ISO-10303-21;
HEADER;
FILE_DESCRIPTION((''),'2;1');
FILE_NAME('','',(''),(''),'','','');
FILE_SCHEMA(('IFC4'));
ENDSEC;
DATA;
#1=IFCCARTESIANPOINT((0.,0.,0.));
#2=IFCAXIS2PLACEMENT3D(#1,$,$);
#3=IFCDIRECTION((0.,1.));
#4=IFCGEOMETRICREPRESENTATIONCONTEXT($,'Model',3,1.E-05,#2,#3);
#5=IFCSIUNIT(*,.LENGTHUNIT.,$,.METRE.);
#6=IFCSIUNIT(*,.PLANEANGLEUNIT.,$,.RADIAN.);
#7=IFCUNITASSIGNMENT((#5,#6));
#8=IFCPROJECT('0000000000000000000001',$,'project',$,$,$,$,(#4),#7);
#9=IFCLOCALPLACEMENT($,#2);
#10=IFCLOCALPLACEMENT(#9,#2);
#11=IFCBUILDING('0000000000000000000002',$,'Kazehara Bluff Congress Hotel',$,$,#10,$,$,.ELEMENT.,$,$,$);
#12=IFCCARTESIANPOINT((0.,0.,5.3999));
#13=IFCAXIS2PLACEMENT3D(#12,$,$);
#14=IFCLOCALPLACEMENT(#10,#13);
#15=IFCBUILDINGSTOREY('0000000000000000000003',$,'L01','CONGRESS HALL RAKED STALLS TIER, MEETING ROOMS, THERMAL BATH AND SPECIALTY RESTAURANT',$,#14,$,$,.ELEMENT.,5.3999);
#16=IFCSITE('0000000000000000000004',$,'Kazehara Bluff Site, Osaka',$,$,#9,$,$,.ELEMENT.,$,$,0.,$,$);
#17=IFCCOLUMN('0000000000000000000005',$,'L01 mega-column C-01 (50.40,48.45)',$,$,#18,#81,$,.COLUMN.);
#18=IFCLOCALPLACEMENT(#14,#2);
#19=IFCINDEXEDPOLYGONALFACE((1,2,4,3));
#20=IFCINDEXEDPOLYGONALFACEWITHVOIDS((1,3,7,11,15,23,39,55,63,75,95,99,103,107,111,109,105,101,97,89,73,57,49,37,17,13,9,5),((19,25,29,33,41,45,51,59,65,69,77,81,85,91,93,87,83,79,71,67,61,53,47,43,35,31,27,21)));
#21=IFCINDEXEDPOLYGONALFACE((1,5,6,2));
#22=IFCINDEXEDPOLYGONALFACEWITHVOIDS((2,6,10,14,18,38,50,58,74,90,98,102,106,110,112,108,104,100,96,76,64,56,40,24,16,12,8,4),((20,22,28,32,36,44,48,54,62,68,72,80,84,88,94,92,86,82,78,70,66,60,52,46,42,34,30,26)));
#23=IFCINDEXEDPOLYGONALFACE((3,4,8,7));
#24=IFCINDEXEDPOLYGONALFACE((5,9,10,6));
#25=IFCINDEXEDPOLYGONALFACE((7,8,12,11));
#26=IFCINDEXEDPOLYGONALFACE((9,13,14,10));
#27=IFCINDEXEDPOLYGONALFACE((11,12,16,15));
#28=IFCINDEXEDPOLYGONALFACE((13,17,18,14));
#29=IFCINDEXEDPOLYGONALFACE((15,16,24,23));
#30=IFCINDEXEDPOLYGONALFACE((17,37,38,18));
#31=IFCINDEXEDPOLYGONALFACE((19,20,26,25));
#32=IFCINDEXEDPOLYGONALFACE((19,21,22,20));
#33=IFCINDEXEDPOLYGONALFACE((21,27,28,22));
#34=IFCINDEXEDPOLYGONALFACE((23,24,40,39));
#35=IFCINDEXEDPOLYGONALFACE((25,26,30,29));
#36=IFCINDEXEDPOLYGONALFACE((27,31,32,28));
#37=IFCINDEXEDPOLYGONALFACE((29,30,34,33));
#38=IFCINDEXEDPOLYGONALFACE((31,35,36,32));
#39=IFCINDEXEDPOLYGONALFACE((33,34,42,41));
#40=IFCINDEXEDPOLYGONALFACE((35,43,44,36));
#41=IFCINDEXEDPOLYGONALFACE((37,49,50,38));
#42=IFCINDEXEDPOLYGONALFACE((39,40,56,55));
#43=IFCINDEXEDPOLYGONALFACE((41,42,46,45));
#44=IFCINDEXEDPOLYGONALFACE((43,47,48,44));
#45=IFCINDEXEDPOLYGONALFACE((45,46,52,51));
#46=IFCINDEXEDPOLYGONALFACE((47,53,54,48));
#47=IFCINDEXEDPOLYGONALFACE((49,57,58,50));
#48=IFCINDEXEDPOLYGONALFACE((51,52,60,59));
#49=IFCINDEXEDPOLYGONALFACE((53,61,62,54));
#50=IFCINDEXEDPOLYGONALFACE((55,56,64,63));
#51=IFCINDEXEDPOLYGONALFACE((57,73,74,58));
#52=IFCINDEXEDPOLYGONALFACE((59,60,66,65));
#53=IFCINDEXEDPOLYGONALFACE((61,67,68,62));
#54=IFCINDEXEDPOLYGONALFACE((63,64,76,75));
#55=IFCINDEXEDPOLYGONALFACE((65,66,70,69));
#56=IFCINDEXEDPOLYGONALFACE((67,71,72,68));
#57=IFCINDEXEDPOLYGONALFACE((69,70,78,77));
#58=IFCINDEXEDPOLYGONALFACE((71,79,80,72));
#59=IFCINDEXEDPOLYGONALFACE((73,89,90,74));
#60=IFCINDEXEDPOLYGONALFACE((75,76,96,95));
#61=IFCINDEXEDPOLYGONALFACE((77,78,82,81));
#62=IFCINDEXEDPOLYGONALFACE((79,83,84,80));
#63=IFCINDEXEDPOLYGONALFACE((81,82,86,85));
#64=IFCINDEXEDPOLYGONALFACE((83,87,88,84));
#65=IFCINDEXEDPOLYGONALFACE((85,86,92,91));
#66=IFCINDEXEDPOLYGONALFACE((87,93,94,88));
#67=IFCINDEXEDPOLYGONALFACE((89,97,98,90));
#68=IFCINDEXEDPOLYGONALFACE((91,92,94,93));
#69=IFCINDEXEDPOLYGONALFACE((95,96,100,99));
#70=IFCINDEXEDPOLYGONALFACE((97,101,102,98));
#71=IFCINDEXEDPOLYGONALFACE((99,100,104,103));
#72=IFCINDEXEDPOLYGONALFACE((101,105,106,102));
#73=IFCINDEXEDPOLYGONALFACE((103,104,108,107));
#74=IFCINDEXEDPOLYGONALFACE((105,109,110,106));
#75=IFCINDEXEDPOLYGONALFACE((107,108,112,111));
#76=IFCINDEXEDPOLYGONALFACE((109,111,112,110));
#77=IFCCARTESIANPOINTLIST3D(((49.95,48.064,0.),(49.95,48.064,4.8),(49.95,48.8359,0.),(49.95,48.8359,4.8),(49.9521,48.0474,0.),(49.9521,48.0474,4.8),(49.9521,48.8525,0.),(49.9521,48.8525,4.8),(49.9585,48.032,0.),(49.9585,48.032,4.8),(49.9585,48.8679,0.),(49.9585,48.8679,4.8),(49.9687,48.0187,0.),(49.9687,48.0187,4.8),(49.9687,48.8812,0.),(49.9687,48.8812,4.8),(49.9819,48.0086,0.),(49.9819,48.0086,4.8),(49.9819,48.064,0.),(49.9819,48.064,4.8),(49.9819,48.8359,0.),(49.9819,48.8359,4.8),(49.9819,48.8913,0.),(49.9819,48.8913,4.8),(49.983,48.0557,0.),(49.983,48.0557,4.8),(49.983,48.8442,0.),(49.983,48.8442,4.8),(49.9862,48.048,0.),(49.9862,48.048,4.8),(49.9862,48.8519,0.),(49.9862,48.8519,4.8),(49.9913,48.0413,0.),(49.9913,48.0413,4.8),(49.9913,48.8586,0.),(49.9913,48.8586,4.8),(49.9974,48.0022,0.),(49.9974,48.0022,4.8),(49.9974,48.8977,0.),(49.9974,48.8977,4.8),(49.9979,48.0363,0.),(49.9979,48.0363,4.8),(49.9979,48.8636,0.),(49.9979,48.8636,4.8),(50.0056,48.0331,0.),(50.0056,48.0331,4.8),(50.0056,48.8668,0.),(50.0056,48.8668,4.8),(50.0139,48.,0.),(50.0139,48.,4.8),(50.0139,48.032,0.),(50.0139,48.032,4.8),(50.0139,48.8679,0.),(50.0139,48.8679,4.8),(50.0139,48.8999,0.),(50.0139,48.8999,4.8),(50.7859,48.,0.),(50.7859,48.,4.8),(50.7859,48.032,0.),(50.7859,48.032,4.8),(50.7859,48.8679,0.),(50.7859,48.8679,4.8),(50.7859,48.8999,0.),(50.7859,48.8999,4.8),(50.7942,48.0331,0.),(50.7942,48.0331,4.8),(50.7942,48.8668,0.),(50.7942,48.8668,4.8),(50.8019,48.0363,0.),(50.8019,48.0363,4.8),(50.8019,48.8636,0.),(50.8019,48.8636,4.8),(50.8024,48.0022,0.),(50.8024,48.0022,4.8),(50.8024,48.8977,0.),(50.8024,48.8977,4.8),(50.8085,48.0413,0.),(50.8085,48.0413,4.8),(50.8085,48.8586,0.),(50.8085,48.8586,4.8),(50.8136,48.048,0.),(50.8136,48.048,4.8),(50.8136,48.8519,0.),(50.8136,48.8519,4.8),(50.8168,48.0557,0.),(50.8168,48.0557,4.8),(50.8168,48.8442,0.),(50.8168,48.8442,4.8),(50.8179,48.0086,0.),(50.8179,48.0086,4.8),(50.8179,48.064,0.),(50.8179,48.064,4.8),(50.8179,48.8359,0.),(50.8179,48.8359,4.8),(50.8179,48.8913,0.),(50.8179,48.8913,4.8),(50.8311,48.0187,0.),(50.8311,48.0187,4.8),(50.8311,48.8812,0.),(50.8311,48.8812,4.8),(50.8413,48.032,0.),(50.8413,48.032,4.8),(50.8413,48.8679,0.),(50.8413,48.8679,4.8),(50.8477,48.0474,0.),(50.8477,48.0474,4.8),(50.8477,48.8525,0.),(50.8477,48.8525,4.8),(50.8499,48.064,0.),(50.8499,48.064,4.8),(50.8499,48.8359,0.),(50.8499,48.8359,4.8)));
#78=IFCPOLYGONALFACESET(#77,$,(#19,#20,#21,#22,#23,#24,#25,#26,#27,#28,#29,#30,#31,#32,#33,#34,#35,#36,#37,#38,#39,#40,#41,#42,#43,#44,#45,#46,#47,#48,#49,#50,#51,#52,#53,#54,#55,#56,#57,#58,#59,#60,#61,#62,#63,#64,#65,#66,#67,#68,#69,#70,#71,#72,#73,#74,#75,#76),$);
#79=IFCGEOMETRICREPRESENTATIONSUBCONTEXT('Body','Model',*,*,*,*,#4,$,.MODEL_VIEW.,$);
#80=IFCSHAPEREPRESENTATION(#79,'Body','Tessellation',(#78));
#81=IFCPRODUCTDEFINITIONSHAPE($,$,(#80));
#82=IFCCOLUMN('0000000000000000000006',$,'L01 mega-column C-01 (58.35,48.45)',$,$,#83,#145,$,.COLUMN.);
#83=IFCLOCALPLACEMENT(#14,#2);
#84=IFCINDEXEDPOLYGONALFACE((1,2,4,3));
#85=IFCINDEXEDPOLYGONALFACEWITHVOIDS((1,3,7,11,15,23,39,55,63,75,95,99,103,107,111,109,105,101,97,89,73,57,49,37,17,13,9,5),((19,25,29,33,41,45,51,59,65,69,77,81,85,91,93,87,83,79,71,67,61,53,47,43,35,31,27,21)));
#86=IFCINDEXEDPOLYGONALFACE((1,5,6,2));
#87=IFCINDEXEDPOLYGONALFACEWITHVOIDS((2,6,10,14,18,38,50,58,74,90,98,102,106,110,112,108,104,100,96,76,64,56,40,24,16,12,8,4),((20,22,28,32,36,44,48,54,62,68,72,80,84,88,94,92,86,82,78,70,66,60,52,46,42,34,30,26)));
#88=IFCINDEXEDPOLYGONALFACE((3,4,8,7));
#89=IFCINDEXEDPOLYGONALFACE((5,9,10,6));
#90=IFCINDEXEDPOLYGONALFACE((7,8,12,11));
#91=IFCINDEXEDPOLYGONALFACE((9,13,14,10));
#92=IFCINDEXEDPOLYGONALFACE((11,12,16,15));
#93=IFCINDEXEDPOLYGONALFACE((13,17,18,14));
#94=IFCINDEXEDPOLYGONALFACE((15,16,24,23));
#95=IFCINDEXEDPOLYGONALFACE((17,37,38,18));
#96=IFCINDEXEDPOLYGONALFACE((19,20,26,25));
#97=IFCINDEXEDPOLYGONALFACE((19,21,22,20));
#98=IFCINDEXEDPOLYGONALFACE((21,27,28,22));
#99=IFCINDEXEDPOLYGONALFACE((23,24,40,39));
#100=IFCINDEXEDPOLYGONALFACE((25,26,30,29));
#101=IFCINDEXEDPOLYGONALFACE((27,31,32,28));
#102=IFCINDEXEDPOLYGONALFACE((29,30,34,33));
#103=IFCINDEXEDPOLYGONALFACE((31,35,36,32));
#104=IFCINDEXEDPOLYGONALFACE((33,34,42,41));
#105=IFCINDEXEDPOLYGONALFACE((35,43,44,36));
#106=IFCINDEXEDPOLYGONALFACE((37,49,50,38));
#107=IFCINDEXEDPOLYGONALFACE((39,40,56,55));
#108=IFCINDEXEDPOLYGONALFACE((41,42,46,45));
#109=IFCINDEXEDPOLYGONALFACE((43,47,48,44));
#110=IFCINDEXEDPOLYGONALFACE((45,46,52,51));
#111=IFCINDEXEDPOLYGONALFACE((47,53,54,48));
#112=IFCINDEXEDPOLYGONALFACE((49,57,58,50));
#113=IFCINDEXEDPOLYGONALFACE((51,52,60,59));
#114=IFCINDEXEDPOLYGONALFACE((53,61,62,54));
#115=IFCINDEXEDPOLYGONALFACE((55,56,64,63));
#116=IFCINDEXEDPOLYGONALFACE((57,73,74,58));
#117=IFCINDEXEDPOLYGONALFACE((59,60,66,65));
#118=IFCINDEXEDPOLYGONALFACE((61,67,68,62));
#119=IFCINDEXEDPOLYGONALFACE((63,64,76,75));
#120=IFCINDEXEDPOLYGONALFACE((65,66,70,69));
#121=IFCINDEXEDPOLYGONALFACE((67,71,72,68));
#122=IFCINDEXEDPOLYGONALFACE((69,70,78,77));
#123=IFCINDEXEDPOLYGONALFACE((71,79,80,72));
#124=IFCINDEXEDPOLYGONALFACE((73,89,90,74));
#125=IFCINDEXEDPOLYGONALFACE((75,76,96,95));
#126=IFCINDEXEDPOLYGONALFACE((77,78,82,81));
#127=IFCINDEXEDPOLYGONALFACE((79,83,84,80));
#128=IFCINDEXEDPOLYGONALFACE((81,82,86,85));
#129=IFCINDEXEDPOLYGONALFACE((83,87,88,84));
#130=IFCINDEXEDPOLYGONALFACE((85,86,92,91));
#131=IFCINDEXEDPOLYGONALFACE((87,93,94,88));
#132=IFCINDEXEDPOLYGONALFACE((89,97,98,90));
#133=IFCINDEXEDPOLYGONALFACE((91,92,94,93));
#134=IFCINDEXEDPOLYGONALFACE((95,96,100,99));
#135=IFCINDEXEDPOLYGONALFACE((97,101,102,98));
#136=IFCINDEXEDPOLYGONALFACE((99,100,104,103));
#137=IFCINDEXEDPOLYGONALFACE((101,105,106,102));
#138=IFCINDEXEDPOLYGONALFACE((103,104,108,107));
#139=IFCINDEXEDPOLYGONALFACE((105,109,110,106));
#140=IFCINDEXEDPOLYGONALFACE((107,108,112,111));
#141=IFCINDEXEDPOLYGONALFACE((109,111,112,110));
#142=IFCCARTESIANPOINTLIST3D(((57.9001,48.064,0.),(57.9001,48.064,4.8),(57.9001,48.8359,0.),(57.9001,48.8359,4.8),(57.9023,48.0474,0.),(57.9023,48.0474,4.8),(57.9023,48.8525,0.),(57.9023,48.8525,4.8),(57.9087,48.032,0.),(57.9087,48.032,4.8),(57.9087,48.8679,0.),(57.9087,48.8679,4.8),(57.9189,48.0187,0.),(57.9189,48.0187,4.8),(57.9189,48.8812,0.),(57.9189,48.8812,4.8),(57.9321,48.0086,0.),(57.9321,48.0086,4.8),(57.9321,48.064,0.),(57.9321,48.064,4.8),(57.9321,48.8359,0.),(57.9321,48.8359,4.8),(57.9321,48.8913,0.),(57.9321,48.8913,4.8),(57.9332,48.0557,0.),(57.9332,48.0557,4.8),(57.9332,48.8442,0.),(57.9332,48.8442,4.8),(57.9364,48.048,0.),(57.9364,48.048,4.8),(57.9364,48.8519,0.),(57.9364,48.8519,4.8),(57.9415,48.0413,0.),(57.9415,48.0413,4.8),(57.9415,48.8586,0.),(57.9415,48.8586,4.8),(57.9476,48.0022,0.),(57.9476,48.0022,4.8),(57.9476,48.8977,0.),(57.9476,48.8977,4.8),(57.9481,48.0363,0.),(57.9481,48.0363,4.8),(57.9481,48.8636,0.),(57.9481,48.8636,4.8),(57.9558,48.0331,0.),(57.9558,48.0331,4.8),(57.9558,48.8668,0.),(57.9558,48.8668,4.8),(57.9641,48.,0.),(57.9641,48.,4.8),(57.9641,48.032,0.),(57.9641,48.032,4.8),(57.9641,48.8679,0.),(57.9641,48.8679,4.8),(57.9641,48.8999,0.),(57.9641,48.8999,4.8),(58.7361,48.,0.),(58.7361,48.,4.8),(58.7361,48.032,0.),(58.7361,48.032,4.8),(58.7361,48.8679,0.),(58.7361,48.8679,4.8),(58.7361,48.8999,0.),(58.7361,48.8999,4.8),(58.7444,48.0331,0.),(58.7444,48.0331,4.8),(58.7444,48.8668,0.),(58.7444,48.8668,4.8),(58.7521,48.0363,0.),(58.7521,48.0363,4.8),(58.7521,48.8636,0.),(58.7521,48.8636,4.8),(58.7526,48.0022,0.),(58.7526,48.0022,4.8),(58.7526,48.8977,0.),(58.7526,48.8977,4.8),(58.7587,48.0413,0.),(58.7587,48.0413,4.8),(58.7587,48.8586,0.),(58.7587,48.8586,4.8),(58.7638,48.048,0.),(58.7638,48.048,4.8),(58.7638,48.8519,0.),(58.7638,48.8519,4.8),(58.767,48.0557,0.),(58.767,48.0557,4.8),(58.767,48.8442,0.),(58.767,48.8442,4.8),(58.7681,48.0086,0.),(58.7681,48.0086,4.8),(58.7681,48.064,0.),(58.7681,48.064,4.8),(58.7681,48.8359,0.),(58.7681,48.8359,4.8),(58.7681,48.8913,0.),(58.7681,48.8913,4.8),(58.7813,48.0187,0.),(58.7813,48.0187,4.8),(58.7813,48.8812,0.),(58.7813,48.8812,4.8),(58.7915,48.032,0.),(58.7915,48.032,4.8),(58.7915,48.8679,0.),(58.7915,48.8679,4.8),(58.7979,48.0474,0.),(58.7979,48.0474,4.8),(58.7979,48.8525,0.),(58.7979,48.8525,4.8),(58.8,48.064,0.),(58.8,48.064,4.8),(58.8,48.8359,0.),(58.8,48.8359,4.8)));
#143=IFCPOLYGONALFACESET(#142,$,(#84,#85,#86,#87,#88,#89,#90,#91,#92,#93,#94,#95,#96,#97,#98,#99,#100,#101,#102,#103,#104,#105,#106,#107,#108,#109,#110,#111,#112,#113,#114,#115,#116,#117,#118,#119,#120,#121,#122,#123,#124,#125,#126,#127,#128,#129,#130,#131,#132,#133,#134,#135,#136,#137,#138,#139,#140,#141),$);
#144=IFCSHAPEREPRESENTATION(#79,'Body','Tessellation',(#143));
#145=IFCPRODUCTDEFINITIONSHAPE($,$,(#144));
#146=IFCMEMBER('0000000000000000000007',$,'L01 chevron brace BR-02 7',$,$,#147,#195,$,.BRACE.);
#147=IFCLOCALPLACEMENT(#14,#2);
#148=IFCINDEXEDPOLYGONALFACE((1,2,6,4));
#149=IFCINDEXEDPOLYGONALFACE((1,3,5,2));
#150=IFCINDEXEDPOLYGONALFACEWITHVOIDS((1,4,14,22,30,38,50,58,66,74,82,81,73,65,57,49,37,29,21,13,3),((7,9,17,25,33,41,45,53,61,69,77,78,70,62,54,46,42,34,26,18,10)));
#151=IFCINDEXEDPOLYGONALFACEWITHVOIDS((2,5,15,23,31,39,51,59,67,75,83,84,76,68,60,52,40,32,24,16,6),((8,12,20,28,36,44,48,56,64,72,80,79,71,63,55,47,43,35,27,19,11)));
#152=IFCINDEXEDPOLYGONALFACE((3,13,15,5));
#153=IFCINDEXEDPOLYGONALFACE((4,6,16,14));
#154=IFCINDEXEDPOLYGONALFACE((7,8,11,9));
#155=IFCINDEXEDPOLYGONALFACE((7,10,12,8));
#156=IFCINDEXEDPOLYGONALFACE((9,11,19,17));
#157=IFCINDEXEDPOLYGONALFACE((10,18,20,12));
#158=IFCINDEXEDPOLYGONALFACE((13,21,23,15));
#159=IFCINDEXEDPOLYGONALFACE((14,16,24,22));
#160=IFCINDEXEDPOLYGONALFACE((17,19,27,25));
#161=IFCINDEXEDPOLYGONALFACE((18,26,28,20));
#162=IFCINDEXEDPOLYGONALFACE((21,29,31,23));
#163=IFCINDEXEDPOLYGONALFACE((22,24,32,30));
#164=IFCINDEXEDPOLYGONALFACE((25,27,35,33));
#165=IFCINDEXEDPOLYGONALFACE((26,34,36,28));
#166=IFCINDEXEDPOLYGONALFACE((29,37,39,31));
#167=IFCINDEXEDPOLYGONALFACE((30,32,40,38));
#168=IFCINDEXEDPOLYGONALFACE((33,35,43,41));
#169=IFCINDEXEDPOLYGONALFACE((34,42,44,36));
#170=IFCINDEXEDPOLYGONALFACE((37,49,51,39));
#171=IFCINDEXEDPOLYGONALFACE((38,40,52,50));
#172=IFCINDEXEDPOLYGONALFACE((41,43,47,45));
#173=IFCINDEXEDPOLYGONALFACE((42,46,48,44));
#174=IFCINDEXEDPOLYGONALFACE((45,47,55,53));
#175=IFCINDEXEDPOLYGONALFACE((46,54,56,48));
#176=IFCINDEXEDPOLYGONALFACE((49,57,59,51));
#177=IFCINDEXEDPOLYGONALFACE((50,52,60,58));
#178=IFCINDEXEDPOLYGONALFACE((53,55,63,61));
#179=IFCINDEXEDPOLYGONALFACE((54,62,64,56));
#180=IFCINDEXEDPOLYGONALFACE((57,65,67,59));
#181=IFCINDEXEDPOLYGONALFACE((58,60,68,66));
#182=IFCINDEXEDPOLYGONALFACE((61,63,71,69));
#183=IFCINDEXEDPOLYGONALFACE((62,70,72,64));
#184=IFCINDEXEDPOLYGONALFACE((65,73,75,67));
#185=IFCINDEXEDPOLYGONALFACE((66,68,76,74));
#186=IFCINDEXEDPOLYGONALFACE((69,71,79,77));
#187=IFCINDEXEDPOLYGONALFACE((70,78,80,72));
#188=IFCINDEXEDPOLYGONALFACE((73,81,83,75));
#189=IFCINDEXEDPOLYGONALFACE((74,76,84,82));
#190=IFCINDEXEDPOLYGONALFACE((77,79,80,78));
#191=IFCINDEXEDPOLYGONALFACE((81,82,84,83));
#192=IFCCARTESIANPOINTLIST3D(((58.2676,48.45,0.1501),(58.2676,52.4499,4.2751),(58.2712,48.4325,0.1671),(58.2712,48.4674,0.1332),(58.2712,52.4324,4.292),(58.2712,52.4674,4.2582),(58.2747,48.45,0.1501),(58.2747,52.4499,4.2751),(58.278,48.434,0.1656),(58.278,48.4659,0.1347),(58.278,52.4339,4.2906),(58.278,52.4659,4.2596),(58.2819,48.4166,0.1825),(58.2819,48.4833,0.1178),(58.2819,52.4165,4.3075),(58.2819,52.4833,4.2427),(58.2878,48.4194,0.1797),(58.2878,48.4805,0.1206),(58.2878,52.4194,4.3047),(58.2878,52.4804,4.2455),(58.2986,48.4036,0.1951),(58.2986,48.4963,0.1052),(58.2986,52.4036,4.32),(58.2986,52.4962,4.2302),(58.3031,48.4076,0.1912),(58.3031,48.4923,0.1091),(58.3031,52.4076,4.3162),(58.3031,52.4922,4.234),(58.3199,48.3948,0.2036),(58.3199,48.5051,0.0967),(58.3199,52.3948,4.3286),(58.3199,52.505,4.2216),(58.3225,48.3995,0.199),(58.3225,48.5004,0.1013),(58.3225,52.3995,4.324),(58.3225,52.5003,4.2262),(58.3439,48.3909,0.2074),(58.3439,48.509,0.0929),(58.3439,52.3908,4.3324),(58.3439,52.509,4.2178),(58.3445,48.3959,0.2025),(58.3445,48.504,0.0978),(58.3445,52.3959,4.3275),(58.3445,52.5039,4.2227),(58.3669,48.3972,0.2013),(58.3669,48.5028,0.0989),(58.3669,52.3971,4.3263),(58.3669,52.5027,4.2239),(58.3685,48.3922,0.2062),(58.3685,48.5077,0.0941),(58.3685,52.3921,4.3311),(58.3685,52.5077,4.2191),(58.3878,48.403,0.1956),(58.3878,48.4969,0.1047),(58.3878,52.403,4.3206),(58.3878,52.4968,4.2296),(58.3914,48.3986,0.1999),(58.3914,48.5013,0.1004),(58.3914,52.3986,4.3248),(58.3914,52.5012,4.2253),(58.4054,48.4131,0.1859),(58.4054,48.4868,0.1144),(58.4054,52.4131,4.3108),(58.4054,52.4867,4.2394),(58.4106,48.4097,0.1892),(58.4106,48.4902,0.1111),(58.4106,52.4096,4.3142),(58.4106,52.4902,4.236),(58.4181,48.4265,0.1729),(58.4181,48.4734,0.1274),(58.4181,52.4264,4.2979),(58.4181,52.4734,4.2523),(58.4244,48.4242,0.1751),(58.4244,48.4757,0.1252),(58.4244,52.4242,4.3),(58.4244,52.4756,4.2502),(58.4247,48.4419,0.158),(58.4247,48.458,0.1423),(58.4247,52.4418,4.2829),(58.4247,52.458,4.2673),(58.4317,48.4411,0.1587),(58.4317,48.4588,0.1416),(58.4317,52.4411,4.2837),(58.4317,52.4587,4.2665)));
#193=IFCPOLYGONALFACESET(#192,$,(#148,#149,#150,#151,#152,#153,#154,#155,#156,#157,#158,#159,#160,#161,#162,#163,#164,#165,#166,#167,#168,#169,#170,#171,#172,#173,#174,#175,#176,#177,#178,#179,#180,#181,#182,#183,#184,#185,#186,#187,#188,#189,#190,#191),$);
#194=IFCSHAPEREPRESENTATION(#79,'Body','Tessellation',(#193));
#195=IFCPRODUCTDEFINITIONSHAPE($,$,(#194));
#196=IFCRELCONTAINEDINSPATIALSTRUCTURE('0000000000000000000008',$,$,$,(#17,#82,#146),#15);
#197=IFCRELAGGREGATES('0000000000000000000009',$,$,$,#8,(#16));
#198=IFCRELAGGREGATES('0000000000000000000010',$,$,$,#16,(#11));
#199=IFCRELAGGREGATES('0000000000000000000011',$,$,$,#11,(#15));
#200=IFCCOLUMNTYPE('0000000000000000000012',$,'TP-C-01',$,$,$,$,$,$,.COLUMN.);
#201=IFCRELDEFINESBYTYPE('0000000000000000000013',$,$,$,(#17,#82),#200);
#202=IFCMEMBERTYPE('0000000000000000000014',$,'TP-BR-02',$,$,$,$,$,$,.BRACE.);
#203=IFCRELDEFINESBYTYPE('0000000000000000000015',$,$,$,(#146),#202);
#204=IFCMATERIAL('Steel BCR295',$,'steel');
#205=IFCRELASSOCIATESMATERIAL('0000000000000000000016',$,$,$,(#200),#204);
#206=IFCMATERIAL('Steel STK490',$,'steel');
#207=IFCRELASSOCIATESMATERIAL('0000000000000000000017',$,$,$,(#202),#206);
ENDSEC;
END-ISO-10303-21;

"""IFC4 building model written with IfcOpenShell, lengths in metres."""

from ifc_helpers import new_model, si_unit, direction, frame, origin, origin_2d, place, context, subcontext, project, spatial, hollow_rectangle, hollow_circle, extrude, material, material_profile, profile_set, type_object, element, save


model = new_model("IFC4")

# Units and contexts
model_context = context("Model", 3, precision=1e-05, world=origin(), true_north=direction((0.0, 1.0)))
body_context = subcontext(model_context, "Body", "Model", "MODEL_VIEW")
ifc_project = project(units=[si_unit("LENGTHUNIT", "METRE"), si_unit("PLANEANGLEUNIT", "RADIAN")], contexts=[model_context])

# Site, building, storey
site_placement = place(None, origin())
site = spatial("IfcSite", under=ifc_project, at=site_placement, Name="Kazehara Bluff Site, Osaka", CompositionType="ELEMENT", RefElevation=0.0)
building_placement = place(site_placement, origin())
building = spatial("IfcBuilding", under=site, at=building_placement, Name="Kazehara Bluff Congress Hotel", CompositionType="ELEMENT")
storey_placement = place(building_placement, frame((0.0, 0.0, 5.3999)))
storey = spatial("IfcBuildingStorey", under=building, at=storey_placement, Name="L01", Description="CONGRESS HALL RAKED STALLS TIER, MEETING ROOMS, THERMAL BATH AND SPECIALTY RESTAURANT", CompositionType="ELEMENT", Elevation=5.3999)

# Columns
ifc_material_1 = material(Name="Steel BCR295", Category="steel")
ifc_material_profile_1 = material_profile(ifc_material_1, hollow_rectangle(XDim=0.8999, YDim=0.8999, WallThickness=0.032, InnerFilletRadius=0.032, OuterFilletRadius=0.064, at=origin_2d()))
ifc_profile_set_1 = profile_set([ifc_material_profile_1], Name="Steel BCR295")
column_type = type_object("IfcColumnType", Name="TP-C-01", PredefinedType="COLUMN", material=ifc_profile_set_1)
for number, where, z_axis, x_axis, name in (
    (1, (50.3999, 48.45, 0.0), (0.0, 0.0, 1.0), (1.0, 0.0, 0.0), "L01 mega-column C-01 (50.40,48.45)"),
    (2, (58.3501, 48.45, 0.0), (0.0, 0.0, 1.0), (1.0, 0.0, 0.0), "L01 mega-column C-01 (58.35,48.45)"),
):
    element("IfcColumn", number, at=place(storey_placement, frame(where, z_axis=z_axis, x_axis=x_axis)), inside=storey, type_object=column_type, Name=name, PredefinedType="COLUMN", context=body_context, shape_type="SweptSolid", body=[
        extrude(hollow_rectangle(XDim=0.8999, YDim=0.8999, WallThickness=0.032, InnerFilletRadius=0.032, OuterFilletRadius=0.064, at=origin_2d()), origin(), (0.0, 0.0, 1.0), 4.8),
    ])

# Member
ifc_material_2 = material(Name="Steel STK490", Category="steel")
ifc_material_profile_2 = material_profile(ifc_material_2, hollow_circle(Radius=0.0825, WallThickness=0.0071, at=origin_2d()))
ifc_profile_set_2 = profile_set([ifc_material_profile_2], Name="Steel STK490")
member_type_1 = type_object("IfcMemberType", Name="TP-BR-02", PredefinedType="BRACE", material=ifc_profile_set_2)
member_1_placement = place(storey_placement, frame((58.3501, 48.45, 0.1501), z_axis=(0.0, 0.696146, 0.7179), x_axis=(-1.0, 0.0, 0.0)))
element("IfcMember", 3, at=member_1_placement, inside=storey, type_object=member_type_1, Name="L01 chevron brace BR-02 7", PredefinedType="BRACE", context=body_context, shape_type="SweptSolid", body=[
    extrude(hollow_circle(Radius=0.0825, WallThickness=0.0071, at=origin_2d()), origin(), (0.0, 0.0, 1.0), 5.7458),
])

save(model, "model.ifc")
